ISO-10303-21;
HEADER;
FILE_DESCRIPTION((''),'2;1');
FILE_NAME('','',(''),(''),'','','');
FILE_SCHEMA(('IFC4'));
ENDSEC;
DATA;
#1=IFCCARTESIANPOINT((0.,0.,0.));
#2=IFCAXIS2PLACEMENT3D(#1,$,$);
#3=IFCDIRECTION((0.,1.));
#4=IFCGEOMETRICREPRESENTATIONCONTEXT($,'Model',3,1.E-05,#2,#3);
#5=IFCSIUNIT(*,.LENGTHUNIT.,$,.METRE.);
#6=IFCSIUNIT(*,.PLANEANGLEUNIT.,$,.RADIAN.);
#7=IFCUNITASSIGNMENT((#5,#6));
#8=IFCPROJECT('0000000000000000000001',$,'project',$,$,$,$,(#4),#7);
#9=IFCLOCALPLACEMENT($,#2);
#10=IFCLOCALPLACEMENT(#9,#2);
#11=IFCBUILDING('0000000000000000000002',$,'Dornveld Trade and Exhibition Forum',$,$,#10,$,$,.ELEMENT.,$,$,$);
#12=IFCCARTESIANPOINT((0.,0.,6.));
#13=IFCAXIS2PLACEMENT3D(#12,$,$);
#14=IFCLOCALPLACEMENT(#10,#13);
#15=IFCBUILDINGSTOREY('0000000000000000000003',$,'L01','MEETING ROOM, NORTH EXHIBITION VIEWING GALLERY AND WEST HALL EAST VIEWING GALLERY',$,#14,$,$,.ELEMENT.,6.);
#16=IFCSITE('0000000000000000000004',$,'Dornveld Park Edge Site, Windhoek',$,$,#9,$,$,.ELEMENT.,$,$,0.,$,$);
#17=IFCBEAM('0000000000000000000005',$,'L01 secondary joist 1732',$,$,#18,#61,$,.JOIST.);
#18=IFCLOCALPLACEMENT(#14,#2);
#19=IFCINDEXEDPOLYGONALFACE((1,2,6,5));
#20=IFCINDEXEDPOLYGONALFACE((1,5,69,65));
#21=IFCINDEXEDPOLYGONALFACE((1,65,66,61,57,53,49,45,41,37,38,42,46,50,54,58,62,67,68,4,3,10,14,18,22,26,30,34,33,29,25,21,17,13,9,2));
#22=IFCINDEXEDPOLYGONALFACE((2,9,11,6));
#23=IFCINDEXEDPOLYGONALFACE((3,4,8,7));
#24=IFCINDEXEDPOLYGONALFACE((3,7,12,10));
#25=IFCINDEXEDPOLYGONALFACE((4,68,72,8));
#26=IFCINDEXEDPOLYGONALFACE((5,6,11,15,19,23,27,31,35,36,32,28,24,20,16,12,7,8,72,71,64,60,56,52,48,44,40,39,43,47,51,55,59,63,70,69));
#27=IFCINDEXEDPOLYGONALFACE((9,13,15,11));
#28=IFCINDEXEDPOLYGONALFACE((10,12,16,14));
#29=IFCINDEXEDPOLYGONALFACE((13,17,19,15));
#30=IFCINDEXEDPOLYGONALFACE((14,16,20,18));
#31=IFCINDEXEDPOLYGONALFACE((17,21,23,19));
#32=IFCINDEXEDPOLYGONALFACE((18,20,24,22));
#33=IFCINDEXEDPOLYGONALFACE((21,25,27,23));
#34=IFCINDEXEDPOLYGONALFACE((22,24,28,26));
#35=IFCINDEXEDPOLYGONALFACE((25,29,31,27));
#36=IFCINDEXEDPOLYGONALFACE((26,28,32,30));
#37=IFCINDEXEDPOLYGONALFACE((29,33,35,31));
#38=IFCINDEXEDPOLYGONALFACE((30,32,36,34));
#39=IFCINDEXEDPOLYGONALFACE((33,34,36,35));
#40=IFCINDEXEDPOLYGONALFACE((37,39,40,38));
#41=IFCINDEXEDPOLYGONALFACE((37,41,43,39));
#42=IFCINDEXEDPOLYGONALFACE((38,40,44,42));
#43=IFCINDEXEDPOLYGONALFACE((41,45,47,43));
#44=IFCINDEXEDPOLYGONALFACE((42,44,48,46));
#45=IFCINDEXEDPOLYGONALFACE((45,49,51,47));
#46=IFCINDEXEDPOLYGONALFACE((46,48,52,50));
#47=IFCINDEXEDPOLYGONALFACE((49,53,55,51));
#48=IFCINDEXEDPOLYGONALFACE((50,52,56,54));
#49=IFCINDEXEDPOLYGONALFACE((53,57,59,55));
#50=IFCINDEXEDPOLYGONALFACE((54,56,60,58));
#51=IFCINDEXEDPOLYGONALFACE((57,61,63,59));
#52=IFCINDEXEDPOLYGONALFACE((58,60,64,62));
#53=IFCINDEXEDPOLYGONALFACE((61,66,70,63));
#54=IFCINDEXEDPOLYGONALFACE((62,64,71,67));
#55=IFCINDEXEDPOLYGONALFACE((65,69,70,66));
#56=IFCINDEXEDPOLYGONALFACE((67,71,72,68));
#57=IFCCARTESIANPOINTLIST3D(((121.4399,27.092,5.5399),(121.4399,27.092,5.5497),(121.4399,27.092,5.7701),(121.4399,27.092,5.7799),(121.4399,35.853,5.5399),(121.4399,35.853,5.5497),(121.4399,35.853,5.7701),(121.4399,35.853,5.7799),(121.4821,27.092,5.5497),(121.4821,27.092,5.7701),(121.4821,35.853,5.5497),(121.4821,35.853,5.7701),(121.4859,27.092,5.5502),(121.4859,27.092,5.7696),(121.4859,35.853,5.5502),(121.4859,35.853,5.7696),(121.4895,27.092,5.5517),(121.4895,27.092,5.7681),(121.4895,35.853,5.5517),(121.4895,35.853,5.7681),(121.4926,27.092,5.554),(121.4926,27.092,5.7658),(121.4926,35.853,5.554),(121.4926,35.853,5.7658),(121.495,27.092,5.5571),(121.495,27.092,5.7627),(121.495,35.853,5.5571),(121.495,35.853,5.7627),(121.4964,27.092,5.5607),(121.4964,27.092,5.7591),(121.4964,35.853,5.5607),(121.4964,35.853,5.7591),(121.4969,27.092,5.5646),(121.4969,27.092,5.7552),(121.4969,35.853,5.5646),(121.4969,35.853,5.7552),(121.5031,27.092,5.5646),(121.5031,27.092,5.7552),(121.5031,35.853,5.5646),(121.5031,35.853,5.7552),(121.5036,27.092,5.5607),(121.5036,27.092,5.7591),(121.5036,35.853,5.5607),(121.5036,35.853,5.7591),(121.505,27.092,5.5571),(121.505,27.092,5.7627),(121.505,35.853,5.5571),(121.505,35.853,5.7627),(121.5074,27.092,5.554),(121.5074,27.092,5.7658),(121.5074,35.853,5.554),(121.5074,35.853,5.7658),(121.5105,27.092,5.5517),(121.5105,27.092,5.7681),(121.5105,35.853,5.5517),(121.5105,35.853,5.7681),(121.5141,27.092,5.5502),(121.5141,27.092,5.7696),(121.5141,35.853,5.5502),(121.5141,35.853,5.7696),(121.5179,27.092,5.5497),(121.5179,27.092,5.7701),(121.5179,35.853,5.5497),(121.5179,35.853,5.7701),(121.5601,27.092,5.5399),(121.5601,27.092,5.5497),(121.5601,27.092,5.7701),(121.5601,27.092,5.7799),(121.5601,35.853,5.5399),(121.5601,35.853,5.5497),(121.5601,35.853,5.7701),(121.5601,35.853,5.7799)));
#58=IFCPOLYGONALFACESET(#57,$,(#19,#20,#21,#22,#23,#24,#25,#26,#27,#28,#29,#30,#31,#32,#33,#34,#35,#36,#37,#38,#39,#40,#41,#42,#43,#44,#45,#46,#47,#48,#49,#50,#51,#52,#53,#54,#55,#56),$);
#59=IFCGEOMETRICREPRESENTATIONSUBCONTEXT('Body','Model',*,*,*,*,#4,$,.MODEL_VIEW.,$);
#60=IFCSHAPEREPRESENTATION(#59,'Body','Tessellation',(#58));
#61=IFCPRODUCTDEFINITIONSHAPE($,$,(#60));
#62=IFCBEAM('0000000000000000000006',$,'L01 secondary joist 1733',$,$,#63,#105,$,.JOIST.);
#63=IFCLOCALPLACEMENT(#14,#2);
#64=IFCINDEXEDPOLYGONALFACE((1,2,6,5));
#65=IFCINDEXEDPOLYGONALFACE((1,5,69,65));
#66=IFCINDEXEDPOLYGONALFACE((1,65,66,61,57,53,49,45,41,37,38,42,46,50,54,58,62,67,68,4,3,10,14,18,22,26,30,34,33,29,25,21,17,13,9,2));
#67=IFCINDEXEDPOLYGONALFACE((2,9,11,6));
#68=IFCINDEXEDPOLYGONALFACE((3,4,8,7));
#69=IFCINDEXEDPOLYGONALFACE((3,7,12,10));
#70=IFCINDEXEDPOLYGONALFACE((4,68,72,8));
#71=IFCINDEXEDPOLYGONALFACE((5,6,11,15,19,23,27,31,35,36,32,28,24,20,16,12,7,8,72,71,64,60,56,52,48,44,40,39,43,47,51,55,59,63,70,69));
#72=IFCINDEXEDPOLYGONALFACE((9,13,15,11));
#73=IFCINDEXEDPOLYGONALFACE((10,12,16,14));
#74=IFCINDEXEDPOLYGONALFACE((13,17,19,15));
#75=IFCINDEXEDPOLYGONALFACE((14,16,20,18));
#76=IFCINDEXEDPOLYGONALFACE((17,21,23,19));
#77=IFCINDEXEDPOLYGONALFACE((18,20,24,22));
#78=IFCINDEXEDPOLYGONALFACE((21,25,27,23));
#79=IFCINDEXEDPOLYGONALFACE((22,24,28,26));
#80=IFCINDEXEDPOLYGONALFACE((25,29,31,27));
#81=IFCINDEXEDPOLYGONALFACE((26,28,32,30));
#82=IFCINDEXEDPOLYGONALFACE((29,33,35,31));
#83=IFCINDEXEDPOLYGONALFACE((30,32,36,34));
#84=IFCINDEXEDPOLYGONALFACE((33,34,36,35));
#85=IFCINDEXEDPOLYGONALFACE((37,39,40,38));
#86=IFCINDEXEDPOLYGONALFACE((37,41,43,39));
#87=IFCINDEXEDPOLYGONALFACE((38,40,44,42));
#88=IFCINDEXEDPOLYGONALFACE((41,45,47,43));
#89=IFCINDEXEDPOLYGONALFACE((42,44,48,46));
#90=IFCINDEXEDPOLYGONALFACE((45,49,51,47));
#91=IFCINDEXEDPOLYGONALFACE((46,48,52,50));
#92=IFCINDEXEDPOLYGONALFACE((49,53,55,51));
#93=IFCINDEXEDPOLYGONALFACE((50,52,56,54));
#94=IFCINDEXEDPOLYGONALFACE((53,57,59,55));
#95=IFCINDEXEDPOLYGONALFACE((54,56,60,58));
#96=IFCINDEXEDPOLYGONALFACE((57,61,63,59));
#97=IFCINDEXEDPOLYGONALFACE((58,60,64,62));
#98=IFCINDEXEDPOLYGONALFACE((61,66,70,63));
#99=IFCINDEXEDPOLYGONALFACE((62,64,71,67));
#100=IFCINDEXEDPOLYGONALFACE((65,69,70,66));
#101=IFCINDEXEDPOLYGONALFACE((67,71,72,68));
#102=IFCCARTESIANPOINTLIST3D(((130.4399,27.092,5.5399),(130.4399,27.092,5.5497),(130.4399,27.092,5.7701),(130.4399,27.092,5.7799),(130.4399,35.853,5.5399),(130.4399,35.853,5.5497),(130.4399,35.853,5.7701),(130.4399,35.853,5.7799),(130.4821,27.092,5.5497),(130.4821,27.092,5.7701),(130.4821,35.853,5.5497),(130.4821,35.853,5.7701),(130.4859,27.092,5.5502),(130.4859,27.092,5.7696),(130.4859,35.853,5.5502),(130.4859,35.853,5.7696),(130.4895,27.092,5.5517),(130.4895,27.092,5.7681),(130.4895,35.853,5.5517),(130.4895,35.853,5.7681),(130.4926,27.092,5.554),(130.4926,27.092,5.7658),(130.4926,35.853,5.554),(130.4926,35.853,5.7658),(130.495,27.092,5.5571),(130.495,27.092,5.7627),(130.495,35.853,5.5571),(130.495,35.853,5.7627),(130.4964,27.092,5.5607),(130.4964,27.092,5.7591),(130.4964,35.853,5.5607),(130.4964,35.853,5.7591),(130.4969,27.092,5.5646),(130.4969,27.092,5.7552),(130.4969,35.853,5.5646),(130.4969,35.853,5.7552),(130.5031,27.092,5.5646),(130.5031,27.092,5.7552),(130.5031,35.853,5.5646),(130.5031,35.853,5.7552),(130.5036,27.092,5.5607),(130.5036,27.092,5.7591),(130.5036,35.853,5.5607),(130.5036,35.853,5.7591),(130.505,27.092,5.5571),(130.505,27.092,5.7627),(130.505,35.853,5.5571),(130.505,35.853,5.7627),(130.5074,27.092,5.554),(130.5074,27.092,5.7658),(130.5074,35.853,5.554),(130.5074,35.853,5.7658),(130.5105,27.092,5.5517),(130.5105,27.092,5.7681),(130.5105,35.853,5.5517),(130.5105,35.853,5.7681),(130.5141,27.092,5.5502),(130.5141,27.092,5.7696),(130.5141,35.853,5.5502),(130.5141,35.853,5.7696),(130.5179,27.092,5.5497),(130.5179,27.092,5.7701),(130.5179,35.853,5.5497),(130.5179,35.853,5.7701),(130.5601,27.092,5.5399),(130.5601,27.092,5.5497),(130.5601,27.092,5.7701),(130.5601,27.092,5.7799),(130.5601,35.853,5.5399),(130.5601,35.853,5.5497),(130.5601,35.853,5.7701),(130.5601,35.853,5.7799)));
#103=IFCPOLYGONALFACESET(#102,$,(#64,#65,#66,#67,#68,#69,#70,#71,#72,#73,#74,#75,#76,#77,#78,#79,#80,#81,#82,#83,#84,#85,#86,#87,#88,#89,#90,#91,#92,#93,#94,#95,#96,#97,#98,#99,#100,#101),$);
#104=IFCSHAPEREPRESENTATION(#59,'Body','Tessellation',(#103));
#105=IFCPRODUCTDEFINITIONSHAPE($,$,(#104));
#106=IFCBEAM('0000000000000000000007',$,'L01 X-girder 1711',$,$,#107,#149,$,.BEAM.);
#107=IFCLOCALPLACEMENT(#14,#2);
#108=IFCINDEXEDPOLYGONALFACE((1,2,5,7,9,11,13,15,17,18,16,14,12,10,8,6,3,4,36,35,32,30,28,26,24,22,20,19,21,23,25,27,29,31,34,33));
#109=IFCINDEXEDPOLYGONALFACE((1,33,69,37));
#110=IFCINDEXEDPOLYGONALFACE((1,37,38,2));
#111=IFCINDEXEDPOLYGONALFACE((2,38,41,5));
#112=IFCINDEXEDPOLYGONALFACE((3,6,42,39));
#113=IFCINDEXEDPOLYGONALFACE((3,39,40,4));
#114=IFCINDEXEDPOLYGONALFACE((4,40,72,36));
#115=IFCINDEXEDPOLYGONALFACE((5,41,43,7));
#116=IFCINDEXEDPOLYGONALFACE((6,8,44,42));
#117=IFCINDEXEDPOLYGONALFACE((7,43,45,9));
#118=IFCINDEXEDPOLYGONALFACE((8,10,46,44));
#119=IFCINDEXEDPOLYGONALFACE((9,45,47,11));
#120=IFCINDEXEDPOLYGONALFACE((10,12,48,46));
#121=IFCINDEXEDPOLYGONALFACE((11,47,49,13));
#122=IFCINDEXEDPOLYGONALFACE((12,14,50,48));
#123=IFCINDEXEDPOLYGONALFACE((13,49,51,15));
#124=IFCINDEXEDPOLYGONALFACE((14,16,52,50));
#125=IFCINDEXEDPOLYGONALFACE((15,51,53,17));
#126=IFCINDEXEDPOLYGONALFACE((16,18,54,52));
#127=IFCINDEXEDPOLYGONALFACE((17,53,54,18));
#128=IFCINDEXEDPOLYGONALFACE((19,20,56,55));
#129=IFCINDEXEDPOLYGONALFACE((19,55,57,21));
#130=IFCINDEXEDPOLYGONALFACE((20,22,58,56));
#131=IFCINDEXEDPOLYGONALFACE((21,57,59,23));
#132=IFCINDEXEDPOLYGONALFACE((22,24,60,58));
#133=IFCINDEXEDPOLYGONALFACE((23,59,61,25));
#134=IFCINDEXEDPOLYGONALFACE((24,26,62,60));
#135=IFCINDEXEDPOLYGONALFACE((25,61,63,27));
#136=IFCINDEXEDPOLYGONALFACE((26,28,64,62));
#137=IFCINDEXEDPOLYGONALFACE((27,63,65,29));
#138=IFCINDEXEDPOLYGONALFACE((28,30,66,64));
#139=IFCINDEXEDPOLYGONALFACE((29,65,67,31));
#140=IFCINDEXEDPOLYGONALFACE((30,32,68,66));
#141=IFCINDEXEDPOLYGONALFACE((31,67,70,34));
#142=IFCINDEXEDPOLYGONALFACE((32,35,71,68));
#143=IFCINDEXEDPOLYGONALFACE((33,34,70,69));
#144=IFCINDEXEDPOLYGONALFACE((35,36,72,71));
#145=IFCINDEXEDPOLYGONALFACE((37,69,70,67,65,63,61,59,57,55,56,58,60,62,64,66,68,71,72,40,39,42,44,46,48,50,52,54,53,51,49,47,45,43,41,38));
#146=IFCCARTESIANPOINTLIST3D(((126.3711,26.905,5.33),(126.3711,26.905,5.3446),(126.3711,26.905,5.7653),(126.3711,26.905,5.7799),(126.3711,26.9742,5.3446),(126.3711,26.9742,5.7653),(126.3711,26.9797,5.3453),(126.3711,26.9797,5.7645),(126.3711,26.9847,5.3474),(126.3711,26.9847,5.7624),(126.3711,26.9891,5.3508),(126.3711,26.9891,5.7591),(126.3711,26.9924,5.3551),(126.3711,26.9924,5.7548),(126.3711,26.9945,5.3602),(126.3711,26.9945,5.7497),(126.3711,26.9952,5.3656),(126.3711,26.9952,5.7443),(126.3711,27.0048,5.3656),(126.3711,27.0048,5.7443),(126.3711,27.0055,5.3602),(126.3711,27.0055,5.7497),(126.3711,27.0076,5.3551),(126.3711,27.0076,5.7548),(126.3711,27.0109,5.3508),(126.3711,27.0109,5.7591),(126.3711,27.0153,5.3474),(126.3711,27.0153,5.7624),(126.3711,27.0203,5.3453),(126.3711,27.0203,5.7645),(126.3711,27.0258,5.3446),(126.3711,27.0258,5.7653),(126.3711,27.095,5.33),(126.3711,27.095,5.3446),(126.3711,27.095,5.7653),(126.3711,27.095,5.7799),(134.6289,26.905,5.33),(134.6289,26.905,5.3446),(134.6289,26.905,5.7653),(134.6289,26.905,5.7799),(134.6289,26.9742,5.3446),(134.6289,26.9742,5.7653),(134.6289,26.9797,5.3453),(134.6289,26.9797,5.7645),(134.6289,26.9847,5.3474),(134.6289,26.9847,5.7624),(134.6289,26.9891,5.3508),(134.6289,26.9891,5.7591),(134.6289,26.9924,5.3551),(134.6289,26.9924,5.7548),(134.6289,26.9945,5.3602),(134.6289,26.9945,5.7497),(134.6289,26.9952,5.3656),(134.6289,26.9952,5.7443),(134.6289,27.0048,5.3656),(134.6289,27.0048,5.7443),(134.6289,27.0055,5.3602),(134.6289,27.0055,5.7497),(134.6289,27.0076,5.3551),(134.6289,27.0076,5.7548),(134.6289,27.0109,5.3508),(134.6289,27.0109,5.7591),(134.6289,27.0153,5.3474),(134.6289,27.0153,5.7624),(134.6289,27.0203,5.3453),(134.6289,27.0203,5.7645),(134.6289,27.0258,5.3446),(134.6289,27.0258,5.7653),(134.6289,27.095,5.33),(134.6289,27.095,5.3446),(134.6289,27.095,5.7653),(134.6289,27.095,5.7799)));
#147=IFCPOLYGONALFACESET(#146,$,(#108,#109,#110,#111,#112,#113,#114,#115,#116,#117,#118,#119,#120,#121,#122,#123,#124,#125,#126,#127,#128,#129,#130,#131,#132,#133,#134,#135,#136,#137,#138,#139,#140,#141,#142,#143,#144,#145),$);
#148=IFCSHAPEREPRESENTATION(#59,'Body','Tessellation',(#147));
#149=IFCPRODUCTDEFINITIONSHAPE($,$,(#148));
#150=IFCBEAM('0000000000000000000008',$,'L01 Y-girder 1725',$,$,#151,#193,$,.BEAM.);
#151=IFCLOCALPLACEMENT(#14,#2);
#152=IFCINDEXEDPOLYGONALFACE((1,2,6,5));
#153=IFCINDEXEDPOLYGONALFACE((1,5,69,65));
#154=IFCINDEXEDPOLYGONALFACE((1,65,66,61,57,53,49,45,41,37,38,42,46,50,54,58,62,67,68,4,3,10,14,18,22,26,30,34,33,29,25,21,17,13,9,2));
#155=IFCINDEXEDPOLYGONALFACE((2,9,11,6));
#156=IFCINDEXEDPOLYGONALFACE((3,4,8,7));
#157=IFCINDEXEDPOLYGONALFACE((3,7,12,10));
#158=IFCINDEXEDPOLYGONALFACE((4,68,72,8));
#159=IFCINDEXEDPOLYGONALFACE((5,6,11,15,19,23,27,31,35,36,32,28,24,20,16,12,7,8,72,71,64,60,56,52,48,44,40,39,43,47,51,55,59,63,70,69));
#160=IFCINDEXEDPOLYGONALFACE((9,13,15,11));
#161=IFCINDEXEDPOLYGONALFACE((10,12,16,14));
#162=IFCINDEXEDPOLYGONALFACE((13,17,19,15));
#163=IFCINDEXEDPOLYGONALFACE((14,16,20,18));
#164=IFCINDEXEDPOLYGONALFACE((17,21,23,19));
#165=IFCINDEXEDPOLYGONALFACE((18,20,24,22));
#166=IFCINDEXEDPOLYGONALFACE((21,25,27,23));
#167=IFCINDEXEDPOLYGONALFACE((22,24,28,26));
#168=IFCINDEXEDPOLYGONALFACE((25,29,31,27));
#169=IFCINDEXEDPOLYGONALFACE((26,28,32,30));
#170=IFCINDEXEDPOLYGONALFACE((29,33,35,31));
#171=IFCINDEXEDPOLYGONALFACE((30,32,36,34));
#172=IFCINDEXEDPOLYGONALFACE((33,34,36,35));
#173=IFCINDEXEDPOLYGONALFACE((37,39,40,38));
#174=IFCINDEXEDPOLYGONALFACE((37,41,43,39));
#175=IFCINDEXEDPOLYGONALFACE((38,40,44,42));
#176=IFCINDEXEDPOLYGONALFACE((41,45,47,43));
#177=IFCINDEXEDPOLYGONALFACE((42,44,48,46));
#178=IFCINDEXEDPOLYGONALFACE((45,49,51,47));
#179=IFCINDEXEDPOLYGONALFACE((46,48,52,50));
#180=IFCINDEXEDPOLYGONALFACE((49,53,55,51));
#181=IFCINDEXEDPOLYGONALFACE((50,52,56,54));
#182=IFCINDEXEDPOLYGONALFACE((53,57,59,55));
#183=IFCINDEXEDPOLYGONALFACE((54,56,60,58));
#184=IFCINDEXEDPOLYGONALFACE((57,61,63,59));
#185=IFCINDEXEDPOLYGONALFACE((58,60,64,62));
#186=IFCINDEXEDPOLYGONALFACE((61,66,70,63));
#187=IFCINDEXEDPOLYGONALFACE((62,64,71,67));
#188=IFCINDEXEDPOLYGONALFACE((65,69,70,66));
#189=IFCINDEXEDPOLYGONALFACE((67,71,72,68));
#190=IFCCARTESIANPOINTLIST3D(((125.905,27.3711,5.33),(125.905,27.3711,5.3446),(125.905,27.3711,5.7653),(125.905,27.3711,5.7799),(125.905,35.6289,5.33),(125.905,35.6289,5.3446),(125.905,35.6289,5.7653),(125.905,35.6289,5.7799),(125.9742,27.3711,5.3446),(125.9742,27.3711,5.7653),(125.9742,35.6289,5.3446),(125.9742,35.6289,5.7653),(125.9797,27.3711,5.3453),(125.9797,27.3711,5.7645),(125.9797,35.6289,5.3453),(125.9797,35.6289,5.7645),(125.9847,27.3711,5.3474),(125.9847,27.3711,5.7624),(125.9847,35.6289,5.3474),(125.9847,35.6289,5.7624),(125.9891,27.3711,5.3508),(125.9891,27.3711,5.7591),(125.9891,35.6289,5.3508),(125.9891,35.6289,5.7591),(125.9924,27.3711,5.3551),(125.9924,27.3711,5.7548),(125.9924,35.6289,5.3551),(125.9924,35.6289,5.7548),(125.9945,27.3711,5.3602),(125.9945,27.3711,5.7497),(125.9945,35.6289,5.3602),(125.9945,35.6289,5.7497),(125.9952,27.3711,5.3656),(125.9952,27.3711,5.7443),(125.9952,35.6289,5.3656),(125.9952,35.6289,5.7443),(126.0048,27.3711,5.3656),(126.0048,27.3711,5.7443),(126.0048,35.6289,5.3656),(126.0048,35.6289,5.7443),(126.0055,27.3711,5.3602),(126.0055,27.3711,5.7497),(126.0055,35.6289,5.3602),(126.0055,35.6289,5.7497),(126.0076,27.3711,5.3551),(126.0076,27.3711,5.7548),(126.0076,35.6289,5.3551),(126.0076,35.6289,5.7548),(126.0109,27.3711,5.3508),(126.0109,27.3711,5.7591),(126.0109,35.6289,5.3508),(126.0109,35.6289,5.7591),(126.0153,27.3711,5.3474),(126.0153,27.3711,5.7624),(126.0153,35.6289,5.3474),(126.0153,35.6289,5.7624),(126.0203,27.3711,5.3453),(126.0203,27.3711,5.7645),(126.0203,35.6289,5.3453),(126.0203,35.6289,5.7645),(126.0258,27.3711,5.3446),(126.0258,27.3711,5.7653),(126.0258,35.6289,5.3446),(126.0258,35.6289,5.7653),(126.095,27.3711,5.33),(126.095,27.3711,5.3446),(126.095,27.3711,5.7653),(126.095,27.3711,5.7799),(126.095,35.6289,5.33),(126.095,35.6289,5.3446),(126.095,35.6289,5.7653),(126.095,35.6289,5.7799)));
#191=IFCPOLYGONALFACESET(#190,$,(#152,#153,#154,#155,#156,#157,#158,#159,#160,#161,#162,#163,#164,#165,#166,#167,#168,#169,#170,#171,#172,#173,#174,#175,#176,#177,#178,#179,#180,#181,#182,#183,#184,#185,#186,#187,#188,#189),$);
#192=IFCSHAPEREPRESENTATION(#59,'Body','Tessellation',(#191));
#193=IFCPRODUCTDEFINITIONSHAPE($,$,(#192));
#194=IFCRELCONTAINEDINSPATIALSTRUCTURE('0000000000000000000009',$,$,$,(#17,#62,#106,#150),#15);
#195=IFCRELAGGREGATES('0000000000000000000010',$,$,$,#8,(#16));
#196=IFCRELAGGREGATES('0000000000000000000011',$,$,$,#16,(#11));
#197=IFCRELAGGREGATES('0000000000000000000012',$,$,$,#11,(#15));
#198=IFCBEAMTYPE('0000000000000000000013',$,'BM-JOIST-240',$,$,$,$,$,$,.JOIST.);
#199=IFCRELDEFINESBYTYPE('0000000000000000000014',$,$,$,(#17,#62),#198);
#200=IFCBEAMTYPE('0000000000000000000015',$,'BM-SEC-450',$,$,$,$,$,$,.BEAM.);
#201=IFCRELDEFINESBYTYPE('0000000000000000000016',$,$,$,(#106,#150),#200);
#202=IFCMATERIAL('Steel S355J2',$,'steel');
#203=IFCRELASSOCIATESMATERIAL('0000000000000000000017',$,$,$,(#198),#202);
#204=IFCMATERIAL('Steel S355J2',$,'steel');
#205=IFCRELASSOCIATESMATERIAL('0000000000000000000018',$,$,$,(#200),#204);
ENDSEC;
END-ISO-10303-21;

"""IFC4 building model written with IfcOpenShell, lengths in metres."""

from ifc_helpers import new_model, si_unit, direction, frame, origin, origin_2d, place, context, subcontext, project, spatial, i_section, extrude, material, material_profile, profile_set, type_object, element, save


model = new_model("IFC4")

# Units and contexts
model_context = context("Model", 3, precision=1e-05, world=origin(), true_north=direction((0.0, 1.0)))
body_context = subcontext(model_context, "Body", "Model", "MODEL_VIEW")
ifc_project = project(units=[si_unit("LENGTHUNIT", "METRE"), si_unit("PLANEANGLEUNIT", "RADIAN")], contexts=[model_context])

# Site, building, storey
site_placement = place(None, origin())
site = spatial("IfcSite", under=ifc_project, at=site_placement, Name="Dornveld Park Edge Site, Windhoek", CompositionType="ELEMENT", RefElevation=0.0)
building_placement = place(site_placement, origin())
building = spatial("IfcBuilding", under=site, at=building_placement, Name="Dornveld Trade and Exhibition Forum", CompositionType="ELEMENT")
storey_placement = place(building_placement, frame((0.0, 0.0, 6.0)))
storey = spatial("IfcBuildingStorey", under=building, at=storey_placement, Name="L01", Description="MEETING ROOM, NORTH EXHIBITION VIEWING GALLERY AND WEST HALL EAST VIEWING GALLERY", CompositionType="ELEMENT", Elevation=6.0)

# Beams
ifc_material_1 = material(Name="Steel S355J2", Category="steel")
ifc_material_profile_1 = material_profile(ifc_material_1, i_section(OverallWidth=0.1201, OverallDepth=0.24, WebThickness=0.0061, FlangeThickness=0.0098, FilletRadius=0.0149, at=origin_2d()), Name="IPE 240")
ifc_profile_set_1 = profile_set([ifc_material_profile_1], Name="Steel S355J2")
beam_type_1 = type_object("IfcBeamType", Name="BM-JOIST-240", PredefinedType="JOIST", material=ifc_profile_set_1)
for number, where, z_axis, x_axis, name in (
    (1, (121.5, 27.092, 5.6599), (0.0, 1.0, 0.0), (-1.0, 0.0, 0.0), "L01 secondary joist 1732"),
    (2, (130.5, 27.092, 5.6599), (0.0, 1.0, 0.0), (-1.0, 0.0, 0.0), "L01 secondary joist 1733"),
):
    element("IfcBeam", number, at=place(storey_placement, frame(where, z_axis=z_axis, x_axis=x_axis)), inside=storey, type_object=beam_type_1, Name=name, PredefinedType="JOIST", context=body_context, shape_type="SweptSolid", body=[
        extrude(i_section(OverallWidth=0.1201, OverallDepth=0.24, WebThickness=0.0061, FlangeThickness=0.0098, FilletRadius=0.0149, at=origin_2d()), origin(), (0.0, 0.0, 1.0), 8.761),
    ])
ifc_material_2 = material(Name="Steel S355J2", Category="steel")
ifc_material_profile_2 = material_profile(ifc_material_2, i_section(OverallWidth=0.1899, OverallDepth=0.45, WebThickness=0.0095, FlangeThickness=0.0146, FilletRadius=0.021, at=origin_2d()), Name="IPE 450")
ifc_profile_set_2 = profile_set([ifc_material_profile_2], Name="Steel S355J2")
beam_type_2 = type_object("IfcBeamType", Name="BM-SEC-450", PredefinedType="BEAM", material=ifc_profile_set_2)
for number, where, z_axis, x_axis, name in (
    (3, (126.3711, 27.0, 5.5549), (1.0, 0.0, 0.0), (0.0, 1.0, 0.0), "L01 X-girder 1711"),
    (4, (126.0, 27.3711, 5.5549), (0.0, 1.0, 0.0), (-1.0, 0.0, 0.0), "L01 Y-girder 1725"),
):
    element("IfcBeam", number, at=place(storey_placement, frame(where, z_axis=z_axis, x_axis=x_axis)), inside=storey, type_object=beam_type_2, Name=name, PredefinedType="BEAM", context=body_context, shape_type="SweptSolid", body=[
        extrude(i_section(OverallWidth=0.1899, OverallDepth=0.45, WebThickness=0.0095, FlangeThickness=0.0146, FilletRadius=0.021, at=origin_2d()), origin(), (0.0, 0.0, 1.0), 8.2578),
    ])

save(model, "model.ifc")
